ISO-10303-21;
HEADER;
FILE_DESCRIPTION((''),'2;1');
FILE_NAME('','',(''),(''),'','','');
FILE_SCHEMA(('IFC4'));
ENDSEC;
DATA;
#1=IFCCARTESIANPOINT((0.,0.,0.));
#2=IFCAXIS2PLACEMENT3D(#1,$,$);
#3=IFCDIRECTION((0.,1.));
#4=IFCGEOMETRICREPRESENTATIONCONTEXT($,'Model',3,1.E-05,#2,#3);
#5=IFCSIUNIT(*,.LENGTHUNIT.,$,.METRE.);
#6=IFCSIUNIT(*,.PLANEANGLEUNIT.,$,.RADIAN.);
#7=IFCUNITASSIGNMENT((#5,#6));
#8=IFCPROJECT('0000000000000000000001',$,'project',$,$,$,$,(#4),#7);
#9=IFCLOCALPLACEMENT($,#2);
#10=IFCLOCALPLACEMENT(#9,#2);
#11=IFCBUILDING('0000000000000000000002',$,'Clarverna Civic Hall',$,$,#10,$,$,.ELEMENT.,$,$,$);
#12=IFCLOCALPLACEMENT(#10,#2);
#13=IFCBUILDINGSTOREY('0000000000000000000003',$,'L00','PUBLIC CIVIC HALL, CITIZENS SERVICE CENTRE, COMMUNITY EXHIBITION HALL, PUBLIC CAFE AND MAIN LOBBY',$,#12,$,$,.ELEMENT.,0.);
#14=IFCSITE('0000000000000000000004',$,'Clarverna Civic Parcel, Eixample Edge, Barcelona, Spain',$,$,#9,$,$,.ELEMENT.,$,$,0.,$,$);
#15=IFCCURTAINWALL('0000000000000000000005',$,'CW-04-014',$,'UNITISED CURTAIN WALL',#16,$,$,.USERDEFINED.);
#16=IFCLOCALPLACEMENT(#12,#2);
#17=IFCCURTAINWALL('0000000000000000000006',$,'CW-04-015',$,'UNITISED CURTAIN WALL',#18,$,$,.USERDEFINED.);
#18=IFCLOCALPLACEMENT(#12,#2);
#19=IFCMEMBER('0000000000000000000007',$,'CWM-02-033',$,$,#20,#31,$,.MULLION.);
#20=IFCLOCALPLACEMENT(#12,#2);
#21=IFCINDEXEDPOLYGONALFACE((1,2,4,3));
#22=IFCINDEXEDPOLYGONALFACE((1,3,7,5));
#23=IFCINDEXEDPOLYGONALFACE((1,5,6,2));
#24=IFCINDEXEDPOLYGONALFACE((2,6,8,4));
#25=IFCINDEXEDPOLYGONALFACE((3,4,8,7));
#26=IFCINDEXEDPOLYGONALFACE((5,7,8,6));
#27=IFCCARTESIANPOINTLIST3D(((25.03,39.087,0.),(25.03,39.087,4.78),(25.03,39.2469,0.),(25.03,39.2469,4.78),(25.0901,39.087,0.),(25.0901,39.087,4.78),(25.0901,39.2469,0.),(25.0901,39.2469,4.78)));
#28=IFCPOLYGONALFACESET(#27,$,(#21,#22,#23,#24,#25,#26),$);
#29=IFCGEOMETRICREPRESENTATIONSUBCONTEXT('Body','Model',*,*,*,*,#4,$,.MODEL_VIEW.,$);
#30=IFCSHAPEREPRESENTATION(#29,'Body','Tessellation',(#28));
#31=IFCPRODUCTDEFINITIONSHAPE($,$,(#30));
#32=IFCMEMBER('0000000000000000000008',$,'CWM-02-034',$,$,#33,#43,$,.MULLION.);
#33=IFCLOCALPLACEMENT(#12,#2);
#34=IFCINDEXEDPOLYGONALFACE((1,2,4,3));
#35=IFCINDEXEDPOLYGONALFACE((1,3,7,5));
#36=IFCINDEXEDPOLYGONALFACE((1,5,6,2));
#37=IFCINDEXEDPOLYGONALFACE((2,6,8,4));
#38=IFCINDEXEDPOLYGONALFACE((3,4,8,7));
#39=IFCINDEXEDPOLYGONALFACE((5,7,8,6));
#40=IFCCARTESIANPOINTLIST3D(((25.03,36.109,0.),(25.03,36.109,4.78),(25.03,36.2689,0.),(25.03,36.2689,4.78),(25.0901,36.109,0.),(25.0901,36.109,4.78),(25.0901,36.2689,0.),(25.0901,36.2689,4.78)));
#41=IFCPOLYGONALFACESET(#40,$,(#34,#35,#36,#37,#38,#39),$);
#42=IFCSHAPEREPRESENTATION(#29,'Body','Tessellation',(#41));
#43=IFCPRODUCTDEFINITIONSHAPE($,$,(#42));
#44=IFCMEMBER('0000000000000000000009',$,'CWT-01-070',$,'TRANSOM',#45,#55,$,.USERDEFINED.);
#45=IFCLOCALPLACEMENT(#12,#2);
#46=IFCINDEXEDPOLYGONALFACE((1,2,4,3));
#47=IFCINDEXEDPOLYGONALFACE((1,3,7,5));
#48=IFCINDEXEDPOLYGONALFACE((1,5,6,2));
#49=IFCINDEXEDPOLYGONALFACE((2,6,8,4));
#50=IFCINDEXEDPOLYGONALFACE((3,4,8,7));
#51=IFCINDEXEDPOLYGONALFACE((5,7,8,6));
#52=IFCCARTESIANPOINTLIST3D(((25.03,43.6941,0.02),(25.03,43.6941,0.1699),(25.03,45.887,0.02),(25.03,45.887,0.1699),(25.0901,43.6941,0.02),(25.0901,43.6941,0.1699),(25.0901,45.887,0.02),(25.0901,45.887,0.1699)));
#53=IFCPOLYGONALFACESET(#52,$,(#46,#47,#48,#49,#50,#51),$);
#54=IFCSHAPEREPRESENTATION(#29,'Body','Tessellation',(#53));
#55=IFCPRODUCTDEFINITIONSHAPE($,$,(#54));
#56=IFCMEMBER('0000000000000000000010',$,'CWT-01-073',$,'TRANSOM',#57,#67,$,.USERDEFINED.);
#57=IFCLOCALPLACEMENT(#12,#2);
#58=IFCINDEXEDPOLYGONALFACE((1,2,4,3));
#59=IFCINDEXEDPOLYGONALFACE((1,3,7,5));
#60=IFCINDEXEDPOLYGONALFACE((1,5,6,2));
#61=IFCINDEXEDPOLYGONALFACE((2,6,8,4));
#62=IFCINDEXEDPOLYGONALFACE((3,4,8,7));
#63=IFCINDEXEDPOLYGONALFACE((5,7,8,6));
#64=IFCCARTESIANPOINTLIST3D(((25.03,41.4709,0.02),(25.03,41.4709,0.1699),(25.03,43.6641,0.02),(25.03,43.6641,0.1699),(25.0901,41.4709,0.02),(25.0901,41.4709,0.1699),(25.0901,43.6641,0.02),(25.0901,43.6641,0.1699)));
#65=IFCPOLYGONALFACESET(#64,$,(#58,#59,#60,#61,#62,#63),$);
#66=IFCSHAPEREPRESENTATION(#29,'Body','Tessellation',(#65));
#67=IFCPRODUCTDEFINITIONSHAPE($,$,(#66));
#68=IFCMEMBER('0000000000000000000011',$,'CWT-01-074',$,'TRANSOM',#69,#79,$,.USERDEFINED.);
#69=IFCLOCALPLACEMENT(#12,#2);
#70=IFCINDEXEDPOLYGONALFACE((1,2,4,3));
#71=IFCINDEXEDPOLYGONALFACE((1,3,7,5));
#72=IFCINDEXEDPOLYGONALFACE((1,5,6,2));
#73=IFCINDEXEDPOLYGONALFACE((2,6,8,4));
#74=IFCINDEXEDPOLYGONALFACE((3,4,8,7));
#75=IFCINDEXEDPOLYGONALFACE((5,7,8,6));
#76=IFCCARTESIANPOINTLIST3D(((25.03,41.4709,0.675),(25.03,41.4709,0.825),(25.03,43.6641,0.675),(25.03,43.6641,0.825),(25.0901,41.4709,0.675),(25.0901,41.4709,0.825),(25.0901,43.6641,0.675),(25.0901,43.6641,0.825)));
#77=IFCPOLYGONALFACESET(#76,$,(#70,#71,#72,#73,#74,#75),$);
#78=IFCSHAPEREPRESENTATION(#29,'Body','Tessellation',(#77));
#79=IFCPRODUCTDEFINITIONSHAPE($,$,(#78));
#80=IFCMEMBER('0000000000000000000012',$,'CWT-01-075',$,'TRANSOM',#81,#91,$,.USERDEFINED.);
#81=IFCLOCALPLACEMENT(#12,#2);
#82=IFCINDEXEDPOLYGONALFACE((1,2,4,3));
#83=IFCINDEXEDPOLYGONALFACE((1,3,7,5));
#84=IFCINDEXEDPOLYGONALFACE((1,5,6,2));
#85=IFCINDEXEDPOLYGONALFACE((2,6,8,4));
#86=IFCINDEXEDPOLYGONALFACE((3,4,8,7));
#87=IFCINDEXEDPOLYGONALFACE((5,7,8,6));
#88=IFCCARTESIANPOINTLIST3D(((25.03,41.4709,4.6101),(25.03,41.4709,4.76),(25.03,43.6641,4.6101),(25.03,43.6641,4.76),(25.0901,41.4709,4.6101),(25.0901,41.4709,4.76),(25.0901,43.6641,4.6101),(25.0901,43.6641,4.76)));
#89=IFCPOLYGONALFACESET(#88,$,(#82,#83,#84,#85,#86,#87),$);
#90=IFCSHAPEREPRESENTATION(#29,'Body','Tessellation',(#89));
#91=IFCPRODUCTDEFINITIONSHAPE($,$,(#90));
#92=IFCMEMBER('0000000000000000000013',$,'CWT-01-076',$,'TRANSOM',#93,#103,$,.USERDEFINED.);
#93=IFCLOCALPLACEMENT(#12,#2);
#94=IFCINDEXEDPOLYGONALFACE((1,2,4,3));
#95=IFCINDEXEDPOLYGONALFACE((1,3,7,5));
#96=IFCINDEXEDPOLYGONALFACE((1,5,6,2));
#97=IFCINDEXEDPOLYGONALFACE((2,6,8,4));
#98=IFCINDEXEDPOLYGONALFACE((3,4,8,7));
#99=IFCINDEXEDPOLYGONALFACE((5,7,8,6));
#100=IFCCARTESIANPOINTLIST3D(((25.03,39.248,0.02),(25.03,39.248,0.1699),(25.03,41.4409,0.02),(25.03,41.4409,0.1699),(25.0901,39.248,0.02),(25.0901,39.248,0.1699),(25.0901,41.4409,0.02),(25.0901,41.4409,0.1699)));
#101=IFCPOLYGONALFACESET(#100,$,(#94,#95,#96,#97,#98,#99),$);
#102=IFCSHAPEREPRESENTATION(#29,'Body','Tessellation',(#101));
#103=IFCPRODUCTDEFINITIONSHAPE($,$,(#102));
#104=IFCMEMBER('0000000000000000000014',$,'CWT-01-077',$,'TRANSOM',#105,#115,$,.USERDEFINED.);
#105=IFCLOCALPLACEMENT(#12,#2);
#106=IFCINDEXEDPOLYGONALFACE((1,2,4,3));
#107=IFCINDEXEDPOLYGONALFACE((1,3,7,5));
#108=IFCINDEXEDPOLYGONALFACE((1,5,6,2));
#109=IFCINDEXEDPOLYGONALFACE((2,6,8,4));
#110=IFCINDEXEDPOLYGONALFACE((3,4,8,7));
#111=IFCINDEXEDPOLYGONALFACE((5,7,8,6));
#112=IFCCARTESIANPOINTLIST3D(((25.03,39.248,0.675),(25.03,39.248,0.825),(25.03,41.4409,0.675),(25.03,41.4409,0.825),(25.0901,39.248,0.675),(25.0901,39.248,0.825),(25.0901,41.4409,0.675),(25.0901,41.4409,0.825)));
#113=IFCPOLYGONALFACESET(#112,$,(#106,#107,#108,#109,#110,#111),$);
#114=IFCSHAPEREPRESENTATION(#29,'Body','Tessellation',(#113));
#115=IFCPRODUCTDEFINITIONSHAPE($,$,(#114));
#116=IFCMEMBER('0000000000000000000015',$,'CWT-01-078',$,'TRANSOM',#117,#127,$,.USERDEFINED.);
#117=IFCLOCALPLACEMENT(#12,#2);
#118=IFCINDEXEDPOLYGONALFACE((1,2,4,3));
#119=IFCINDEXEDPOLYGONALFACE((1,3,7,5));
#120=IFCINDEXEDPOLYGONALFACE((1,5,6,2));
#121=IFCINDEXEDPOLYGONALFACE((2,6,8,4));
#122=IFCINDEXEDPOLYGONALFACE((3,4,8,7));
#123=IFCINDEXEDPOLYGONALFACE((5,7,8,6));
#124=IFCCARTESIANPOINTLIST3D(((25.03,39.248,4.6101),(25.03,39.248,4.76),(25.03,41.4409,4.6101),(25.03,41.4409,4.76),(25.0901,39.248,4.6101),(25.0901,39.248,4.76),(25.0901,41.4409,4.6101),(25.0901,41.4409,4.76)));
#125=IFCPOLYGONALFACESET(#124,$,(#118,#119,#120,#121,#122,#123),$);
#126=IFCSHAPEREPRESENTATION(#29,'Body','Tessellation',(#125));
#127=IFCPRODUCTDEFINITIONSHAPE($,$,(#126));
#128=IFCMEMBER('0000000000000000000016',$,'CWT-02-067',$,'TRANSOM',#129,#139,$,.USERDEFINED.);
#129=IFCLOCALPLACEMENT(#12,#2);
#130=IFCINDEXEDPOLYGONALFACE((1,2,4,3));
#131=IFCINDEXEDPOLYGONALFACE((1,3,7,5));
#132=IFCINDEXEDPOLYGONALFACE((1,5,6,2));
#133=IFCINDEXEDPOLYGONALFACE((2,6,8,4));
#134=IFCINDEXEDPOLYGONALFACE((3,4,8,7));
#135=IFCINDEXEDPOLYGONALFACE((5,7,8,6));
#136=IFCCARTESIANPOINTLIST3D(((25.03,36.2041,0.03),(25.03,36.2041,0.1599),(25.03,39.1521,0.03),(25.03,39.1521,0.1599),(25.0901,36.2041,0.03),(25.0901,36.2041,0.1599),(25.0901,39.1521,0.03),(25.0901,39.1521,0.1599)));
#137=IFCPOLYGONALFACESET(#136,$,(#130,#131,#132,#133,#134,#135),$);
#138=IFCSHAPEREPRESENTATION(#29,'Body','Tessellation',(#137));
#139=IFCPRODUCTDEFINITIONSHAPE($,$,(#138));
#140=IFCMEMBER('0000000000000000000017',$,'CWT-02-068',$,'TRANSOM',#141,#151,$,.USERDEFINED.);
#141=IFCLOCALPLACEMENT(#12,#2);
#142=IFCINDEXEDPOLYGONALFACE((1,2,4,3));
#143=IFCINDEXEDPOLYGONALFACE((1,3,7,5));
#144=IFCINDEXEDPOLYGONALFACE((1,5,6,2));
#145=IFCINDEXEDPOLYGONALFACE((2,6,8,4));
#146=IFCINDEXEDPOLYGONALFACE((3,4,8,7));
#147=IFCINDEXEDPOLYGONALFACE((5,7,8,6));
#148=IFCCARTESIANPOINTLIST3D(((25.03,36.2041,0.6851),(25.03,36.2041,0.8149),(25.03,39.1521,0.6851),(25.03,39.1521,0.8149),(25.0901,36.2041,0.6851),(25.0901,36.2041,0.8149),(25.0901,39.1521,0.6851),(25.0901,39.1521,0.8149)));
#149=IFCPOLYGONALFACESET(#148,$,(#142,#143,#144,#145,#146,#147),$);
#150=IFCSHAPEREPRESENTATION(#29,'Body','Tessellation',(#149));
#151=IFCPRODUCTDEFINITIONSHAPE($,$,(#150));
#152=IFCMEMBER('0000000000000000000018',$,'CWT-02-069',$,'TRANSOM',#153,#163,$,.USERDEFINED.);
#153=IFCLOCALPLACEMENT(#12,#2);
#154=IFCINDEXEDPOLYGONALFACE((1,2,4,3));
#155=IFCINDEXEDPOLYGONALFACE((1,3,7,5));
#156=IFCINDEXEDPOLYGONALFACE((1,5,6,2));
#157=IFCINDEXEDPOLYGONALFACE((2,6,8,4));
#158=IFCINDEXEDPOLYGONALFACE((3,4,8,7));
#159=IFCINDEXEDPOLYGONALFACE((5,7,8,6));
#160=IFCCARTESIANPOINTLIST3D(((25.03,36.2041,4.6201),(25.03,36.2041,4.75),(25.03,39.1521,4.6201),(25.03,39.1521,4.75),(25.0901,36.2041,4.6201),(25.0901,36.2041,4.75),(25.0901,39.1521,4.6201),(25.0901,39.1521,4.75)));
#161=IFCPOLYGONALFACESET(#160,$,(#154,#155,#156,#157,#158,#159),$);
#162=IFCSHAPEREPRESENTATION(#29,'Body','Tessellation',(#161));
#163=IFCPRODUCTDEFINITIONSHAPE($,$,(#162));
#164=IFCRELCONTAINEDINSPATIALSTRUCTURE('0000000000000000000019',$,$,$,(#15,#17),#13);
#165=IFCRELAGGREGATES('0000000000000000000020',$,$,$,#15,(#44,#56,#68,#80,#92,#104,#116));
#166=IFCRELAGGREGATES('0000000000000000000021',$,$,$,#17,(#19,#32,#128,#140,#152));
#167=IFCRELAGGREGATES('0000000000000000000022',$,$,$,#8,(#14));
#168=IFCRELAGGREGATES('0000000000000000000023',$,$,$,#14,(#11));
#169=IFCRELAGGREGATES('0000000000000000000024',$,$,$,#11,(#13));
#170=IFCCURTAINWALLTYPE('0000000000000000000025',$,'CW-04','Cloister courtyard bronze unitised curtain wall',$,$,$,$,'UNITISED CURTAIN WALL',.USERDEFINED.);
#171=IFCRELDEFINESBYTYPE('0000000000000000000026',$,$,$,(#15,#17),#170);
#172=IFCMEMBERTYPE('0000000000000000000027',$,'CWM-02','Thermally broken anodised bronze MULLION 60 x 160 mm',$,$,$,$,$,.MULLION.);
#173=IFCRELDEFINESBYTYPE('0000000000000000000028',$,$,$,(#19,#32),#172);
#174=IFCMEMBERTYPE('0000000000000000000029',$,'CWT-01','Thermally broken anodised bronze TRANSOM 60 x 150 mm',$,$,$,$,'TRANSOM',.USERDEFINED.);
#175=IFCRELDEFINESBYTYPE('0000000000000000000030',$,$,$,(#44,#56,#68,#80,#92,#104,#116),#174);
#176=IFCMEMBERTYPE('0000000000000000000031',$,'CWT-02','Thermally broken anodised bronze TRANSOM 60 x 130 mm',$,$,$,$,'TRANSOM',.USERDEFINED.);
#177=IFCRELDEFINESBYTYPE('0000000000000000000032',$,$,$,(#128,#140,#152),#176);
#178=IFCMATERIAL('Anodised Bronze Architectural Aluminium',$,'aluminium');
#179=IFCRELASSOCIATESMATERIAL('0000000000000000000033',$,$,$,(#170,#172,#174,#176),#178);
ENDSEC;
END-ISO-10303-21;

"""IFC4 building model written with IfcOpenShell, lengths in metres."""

from ifc_helpers import new_model, si_unit, direction, frame, origin, origin_2d, place, context, subcontext, project, spatial, rectangle, extrude, material, material_profile, profile_set, type_object, element, aggregate, save


model = new_model("IFC4")

# Units and contexts
model_context = context("Model", 3, precision=1e-05, world=origin(), true_north=direction((0.0, 1.0)))
body_context = subcontext(model_context, "Body", "Model", "MODEL_VIEW")
ifc_project = project(units=[si_unit("LENGTHUNIT", "METRE"), si_unit("PLANEANGLEUNIT", "RADIAN")], contexts=[model_context])

# Site, building, storey
site_placement = place(None, origin())
site = spatial("IfcSite", under=ifc_project, at=site_placement, Name="Clarverna Civic Parcel, Eixample Edge, Barcelona, Spain", CompositionType="ELEMENT", RefElevation=0.0)
building_placement = place(site_placement, origin())
building = spatial("IfcBuilding", under=site, at=building_placement, Name="Clarverna Civic Hall", CompositionType="ELEMENT")
storey_placement = place(building_placement, origin())
storey = spatial("IfcBuildingStorey", under=building, at=storey_placement, Name="L00", Description="PUBLIC CIVIC HALL, CITIZENS SERVICE CENTRE, COMMUNITY EXHIBITION HALL, PUBLIC CAFE AND MAIN LOBBY", CompositionType="ELEMENT", Elevation=0.0)

# Curtain walls, members
ifc_material_1 = material(Name="Anodised Bronze Architectural Aluminium", Category="aluminium")
curtain_wall_type = type_object("IfcCurtainWallType", Name="CW-04", Description="Cloister courtyard bronze unitised curtain wall", ElementType="UNITISED CURTAIN WALL", PredefinedType="USERDEFINED", material=ifc_material_1)
curtain_wall_1_placement = place(storey_placement, origin())
curtain_wall_1 = element("IfcCurtainWall", 1, at=curtain_wall_1_placement, inside=storey, type_object=curtain_wall_type, Name="CW-04-014", ObjectType="UNITISED CURTAIN WALL", PredefinedType="USERDEFINED")
curtain_wall_2_placement = place(storey_placement, origin())
curtain_wall_2 = element("IfcCurtainWall", 2, at=curtain_wall_2_placement, inside=storey, type_object=curtain_wall_type, Name="CW-04-015", ObjectType="UNITISED CURTAIN WALL", PredefinedType="USERDEFINED")
ifc_material_profile_1 = material_profile(ifc_material_1, rectangle(XDim=0.0601, YDim=0.1599, at=origin_2d()), Name="BRONZE 60x160")
ifc_profile_set_1 = profile_set([ifc_material_profile_1], Name="Anodised Bronze Architectural Aluminium")
member_type_1 = type_object("IfcMemberType", Name="CWM-02", Description="Thermally broken anodised bronze MULLION 60 x 160 mm", PredefinedType="MULLION", material=ifc_profile_set_1)
member_1_placement = place(storey_placement, frame((25.0601, 39.167, 0.0), z_axis=(0.0, 0.0, 1.0), x_axis=(1.0, 0.0, 0.0)))
member_1 = element("IfcMember", 3, at=member_1_placement, type_object=member_type_1, Name="CWM-02-033", PredefinedType="MULLION", context=body_context, shape_type="SweptSolid", body=[
    extrude(rectangle(XDim=0.0601, YDim=0.1599, at=origin_2d()), origin(), (0.0, 0.0, 1.0), 4.78),
])
member_2_placement = place(storey_placement, frame((25.0601, 36.189, 0.0), z_axis=(0.0, 0.0, 1.0), x_axis=(1.0, 0.0, 0.0)))
member_2 = element("IfcMember", 4, at=member_2_placement, type_object=member_type_1, Name="CWM-02-034", PredefinedType="MULLION", context=body_context, shape_type="SweptSolid", body=[
    extrude(rectangle(XDim=0.0601, YDim=0.1599, at=origin_2d()), origin(), (0.0, 0.0, 1.0), 4.78),
])

# Members
ifc_material_profile_2 = material_profile(ifc_material_1, rectangle(XDim=0.0601, YDim=0.1499, at=origin_2d()), Name="BRONZE 60x150")
ifc_profile_set_2 = profile_set([ifc_material_profile_2], Name="Anodised Bronze Architectural Aluminium")
member_type_2 = type_object("IfcMemberType", Name="CWT-01", Description="Thermally broken anodised bronze TRANSOM 60 x 150 mm", ElementType="TRANSOM", PredefinedType="USERDEFINED", material=ifc_profile_set_2)
member_3_placement = place(storey_placement, frame((25.0601, 45.887, 0.095), z_axis=(0.0, -1.0, 0.0), x_axis=(1.0, 0.0, 0.0)))
member_3 = element("IfcMember", 5, at=member_3_placement, type_object=member_type_2, Name="CWT-01-070", ObjectType="TRANSOM", PredefinedType="USERDEFINED", context=body_context, shape_type="SweptSolid", body=[
    extrude(rectangle(XDim=0.0601, YDim=0.1499, at=origin_2d()), origin(), (0.0, 0.0, 1.0), 2.1929),
])
member_4_placement = place(storey_placement, frame((25.0601, 43.6641, 0.095), z_axis=(0.0, -1.0, 0.0), x_axis=(1.0, 0.0, 0.0)))
member_4 = element("IfcMember", 6, at=member_4_placement, type_object=member_type_2, Name="CWT-01-073", ObjectType="TRANSOM", PredefinedType="USERDEFINED", context=body_context, shape_type="SweptSolid", body=[
    extrude(rectangle(XDim=0.0601, YDim=0.1499, at=origin_2d()), origin(), (0.0, 0.0, 1.0), 2.1931),
])
member_5_placement = place(storey_placement, frame((25.0601, 43.6641, 0.75), z_axis=(0.0, -1.0, 0.0), x_axis=(1.0, 0.0, 0.0)))
member_5 = element("IfcMember", 7, at=member_5_placement, type_object=member_type_2, Name="CWT-01-074", ObjectType="TRANSOM", PredefinedType="USERDEFINED", context=body_context, shape_type="SweptSolid", body=[
    extrude(rectangle(XDim=0.0601, YDim=0.1499, at=origin_2d()), origin(), (0.0, 0.0, 1.0), 2.1931),
])
member_6_placement = place(storey_placement, frame((25.0601, 43.6641, 4.6851), z_axis=(0.0, -1.0, 0.0), x_axis=(1.0, 0.0, 0.0)))
member_6 = element("IfcMember", 8, at=member_6_placement, type_object=member_type_2, Name="CWT-01-075", ObjectType="TRANSOM", PredefinedType="USERDEFINED", context=body_context, shape_type="SweptSolid", body=[
    extrude(rectangle(XDim=0.0601, YDim=0.1499, at=origin_2d()), origin(), (0.0, 0.0, 1.0), 2.1931),
])
member_7_placement = place(storey_placement, frame((25.0601, 41.4409, 0.095), z_axis=(0.0, -1.0, 0.0), x_axis=(1.0, 0.0, 0.0)))
member_7 = element("IfcMember", 9, at=member_7_placement, type_object=member_type_2, Name="CWT-01-076", ObjectType="TRANSOM", PredefinedType="USERDEFINED", context=body_context, shape_type="SweptSolid", body=[
    extrude(rectangle(XDim=0.0601, YDim=0.1499, at=origin_2d()), origin(), (0.0, 0.0, 1.0), 2.1929),
])
member_8_placement = place(storey_placement, frame((25.0601, 41.4409, 0.75), z_axis=(0.0, -1.0, 0.0), x_axis=(1.0, 0.0, 0.0)))
member_8 = element("IfcMember", 10, at=member_8_placement, type_object=member_type_2, Name="CWT-01-077", ObjectType="TRANSOM", PredefinedType="USERDEFINED", context=body_context, shape_type="SweptSolid", body=[
    extrude(rectangle(XDim=0.0601, YDim=0.1499, at=origin_2d()), origin(), (0.0, 0.0, 1.0), 2.1929),
])
member_9_placement = place(storey_placement, frame((25.0601, 41.4409, 4.6851), z_axis=(0.0, -1.0, 0.0), x_axis=(1.0, 0.0, 0.0)))
member_9 = element("IfcMember", 11, at=member_9_placement, type_object=member_type_2, Name="CWT-01-078", ObjectType="TRANSOM", PredefinedType="USERDEFINED", context=body_context, shape_type="SweptSolid", body=[
    extrude(rectangle(XDim=0.0601, YDim=0.1499, at=origin_2d()), origin(), (0.0, 0.0, 1.0), 2.1929),
])
ifc_material_profile_3 = material_profile(ifc_material_1, rectangle(XDim=0.0601, YDim=0.1299, at=origin_2d()), Name="BRONZE 60x130")
ifc_profile_set_3 = profile_set([ifc_material_profile_3], Name="Anodised Bronze Architectural Aluminium")
member_type_3 = type_object("IfcMemberType", Name="CWT-02", Description="Thermally broken anodised bronze TRANSOM 60 x 130 mm", ElementType="TRANSOM", PredefinedType="USERDEFINED", material=ifc_profile_set_3)
member_10_placement = place(storey_placement, frame((25.0601, 39.1521, 0.095), z_axis=(0.0, -1.0, 0.0), x_axis=(1.0, 0.0, 0.0)))
member_10 = element("IfcMember", 12, at=member_10_placement, type_object=member_type_3, Name="CWT-02-067", ObjectType="TRANSOM", PredefinedType="USERDEFINED", context=body_context, shape_type="SweptSolid", body=[
    extrude(rectangle(XDim=0.0601, YDim=0.1299, at=origin_2d()), origin(), (0.0, 0.0, 1.0), 2.948),
])
member_11_placement = place(storey_placement, frame((25.0601, 39.1521, 0.75), z_axis=(0.0, -1.0, 0.0), x_axis=(1.0, 0.0, 0.0)))
member_11 = element("IfcMember", 13, at=member_11_placement, type_object=member_type_3, Name="CWT-02-068", ObjectType="TRANSOM", PredefinedType="USERDEFINED", context=body_context, shape_type="SweptSolid", body=[
    extrude(rectangle(XDim=0.0601, YDim=0.1299, at=origin_2d()), origin(), (0.0, 0.0, 1.0), 2.948),
])
member_12_placement = place(storey_placement, frame((25.0601, 39.1521, 4.6851), z_axis=(0.0, -1.0, 0.0), x_axis=(1.0, 0.0, 0.0)))
member_12 = element("IfcMember", 14, at=member_12_placement, type_object=member_type_3, Name="CWT-02-069", ObjectType="TRANSOM", PredefinedType="USERDEFINED", context=body_context, shape_type="SweptSolid", body=[
    extrude(rectangle(XDim=0.0601, YDim=0.1299, at=origin_2d()), origin(), (0.0, 0.0, 1.0), 2.948),
])

aggregate(curtain_wall_1, [member_3, member_4, member_5, member_6, member_7, member_8, member_9])
aggregate(curtain_wall_2, [member_1, member_2, member_10, member_11, member_12])

save(model, "model.ifc")
